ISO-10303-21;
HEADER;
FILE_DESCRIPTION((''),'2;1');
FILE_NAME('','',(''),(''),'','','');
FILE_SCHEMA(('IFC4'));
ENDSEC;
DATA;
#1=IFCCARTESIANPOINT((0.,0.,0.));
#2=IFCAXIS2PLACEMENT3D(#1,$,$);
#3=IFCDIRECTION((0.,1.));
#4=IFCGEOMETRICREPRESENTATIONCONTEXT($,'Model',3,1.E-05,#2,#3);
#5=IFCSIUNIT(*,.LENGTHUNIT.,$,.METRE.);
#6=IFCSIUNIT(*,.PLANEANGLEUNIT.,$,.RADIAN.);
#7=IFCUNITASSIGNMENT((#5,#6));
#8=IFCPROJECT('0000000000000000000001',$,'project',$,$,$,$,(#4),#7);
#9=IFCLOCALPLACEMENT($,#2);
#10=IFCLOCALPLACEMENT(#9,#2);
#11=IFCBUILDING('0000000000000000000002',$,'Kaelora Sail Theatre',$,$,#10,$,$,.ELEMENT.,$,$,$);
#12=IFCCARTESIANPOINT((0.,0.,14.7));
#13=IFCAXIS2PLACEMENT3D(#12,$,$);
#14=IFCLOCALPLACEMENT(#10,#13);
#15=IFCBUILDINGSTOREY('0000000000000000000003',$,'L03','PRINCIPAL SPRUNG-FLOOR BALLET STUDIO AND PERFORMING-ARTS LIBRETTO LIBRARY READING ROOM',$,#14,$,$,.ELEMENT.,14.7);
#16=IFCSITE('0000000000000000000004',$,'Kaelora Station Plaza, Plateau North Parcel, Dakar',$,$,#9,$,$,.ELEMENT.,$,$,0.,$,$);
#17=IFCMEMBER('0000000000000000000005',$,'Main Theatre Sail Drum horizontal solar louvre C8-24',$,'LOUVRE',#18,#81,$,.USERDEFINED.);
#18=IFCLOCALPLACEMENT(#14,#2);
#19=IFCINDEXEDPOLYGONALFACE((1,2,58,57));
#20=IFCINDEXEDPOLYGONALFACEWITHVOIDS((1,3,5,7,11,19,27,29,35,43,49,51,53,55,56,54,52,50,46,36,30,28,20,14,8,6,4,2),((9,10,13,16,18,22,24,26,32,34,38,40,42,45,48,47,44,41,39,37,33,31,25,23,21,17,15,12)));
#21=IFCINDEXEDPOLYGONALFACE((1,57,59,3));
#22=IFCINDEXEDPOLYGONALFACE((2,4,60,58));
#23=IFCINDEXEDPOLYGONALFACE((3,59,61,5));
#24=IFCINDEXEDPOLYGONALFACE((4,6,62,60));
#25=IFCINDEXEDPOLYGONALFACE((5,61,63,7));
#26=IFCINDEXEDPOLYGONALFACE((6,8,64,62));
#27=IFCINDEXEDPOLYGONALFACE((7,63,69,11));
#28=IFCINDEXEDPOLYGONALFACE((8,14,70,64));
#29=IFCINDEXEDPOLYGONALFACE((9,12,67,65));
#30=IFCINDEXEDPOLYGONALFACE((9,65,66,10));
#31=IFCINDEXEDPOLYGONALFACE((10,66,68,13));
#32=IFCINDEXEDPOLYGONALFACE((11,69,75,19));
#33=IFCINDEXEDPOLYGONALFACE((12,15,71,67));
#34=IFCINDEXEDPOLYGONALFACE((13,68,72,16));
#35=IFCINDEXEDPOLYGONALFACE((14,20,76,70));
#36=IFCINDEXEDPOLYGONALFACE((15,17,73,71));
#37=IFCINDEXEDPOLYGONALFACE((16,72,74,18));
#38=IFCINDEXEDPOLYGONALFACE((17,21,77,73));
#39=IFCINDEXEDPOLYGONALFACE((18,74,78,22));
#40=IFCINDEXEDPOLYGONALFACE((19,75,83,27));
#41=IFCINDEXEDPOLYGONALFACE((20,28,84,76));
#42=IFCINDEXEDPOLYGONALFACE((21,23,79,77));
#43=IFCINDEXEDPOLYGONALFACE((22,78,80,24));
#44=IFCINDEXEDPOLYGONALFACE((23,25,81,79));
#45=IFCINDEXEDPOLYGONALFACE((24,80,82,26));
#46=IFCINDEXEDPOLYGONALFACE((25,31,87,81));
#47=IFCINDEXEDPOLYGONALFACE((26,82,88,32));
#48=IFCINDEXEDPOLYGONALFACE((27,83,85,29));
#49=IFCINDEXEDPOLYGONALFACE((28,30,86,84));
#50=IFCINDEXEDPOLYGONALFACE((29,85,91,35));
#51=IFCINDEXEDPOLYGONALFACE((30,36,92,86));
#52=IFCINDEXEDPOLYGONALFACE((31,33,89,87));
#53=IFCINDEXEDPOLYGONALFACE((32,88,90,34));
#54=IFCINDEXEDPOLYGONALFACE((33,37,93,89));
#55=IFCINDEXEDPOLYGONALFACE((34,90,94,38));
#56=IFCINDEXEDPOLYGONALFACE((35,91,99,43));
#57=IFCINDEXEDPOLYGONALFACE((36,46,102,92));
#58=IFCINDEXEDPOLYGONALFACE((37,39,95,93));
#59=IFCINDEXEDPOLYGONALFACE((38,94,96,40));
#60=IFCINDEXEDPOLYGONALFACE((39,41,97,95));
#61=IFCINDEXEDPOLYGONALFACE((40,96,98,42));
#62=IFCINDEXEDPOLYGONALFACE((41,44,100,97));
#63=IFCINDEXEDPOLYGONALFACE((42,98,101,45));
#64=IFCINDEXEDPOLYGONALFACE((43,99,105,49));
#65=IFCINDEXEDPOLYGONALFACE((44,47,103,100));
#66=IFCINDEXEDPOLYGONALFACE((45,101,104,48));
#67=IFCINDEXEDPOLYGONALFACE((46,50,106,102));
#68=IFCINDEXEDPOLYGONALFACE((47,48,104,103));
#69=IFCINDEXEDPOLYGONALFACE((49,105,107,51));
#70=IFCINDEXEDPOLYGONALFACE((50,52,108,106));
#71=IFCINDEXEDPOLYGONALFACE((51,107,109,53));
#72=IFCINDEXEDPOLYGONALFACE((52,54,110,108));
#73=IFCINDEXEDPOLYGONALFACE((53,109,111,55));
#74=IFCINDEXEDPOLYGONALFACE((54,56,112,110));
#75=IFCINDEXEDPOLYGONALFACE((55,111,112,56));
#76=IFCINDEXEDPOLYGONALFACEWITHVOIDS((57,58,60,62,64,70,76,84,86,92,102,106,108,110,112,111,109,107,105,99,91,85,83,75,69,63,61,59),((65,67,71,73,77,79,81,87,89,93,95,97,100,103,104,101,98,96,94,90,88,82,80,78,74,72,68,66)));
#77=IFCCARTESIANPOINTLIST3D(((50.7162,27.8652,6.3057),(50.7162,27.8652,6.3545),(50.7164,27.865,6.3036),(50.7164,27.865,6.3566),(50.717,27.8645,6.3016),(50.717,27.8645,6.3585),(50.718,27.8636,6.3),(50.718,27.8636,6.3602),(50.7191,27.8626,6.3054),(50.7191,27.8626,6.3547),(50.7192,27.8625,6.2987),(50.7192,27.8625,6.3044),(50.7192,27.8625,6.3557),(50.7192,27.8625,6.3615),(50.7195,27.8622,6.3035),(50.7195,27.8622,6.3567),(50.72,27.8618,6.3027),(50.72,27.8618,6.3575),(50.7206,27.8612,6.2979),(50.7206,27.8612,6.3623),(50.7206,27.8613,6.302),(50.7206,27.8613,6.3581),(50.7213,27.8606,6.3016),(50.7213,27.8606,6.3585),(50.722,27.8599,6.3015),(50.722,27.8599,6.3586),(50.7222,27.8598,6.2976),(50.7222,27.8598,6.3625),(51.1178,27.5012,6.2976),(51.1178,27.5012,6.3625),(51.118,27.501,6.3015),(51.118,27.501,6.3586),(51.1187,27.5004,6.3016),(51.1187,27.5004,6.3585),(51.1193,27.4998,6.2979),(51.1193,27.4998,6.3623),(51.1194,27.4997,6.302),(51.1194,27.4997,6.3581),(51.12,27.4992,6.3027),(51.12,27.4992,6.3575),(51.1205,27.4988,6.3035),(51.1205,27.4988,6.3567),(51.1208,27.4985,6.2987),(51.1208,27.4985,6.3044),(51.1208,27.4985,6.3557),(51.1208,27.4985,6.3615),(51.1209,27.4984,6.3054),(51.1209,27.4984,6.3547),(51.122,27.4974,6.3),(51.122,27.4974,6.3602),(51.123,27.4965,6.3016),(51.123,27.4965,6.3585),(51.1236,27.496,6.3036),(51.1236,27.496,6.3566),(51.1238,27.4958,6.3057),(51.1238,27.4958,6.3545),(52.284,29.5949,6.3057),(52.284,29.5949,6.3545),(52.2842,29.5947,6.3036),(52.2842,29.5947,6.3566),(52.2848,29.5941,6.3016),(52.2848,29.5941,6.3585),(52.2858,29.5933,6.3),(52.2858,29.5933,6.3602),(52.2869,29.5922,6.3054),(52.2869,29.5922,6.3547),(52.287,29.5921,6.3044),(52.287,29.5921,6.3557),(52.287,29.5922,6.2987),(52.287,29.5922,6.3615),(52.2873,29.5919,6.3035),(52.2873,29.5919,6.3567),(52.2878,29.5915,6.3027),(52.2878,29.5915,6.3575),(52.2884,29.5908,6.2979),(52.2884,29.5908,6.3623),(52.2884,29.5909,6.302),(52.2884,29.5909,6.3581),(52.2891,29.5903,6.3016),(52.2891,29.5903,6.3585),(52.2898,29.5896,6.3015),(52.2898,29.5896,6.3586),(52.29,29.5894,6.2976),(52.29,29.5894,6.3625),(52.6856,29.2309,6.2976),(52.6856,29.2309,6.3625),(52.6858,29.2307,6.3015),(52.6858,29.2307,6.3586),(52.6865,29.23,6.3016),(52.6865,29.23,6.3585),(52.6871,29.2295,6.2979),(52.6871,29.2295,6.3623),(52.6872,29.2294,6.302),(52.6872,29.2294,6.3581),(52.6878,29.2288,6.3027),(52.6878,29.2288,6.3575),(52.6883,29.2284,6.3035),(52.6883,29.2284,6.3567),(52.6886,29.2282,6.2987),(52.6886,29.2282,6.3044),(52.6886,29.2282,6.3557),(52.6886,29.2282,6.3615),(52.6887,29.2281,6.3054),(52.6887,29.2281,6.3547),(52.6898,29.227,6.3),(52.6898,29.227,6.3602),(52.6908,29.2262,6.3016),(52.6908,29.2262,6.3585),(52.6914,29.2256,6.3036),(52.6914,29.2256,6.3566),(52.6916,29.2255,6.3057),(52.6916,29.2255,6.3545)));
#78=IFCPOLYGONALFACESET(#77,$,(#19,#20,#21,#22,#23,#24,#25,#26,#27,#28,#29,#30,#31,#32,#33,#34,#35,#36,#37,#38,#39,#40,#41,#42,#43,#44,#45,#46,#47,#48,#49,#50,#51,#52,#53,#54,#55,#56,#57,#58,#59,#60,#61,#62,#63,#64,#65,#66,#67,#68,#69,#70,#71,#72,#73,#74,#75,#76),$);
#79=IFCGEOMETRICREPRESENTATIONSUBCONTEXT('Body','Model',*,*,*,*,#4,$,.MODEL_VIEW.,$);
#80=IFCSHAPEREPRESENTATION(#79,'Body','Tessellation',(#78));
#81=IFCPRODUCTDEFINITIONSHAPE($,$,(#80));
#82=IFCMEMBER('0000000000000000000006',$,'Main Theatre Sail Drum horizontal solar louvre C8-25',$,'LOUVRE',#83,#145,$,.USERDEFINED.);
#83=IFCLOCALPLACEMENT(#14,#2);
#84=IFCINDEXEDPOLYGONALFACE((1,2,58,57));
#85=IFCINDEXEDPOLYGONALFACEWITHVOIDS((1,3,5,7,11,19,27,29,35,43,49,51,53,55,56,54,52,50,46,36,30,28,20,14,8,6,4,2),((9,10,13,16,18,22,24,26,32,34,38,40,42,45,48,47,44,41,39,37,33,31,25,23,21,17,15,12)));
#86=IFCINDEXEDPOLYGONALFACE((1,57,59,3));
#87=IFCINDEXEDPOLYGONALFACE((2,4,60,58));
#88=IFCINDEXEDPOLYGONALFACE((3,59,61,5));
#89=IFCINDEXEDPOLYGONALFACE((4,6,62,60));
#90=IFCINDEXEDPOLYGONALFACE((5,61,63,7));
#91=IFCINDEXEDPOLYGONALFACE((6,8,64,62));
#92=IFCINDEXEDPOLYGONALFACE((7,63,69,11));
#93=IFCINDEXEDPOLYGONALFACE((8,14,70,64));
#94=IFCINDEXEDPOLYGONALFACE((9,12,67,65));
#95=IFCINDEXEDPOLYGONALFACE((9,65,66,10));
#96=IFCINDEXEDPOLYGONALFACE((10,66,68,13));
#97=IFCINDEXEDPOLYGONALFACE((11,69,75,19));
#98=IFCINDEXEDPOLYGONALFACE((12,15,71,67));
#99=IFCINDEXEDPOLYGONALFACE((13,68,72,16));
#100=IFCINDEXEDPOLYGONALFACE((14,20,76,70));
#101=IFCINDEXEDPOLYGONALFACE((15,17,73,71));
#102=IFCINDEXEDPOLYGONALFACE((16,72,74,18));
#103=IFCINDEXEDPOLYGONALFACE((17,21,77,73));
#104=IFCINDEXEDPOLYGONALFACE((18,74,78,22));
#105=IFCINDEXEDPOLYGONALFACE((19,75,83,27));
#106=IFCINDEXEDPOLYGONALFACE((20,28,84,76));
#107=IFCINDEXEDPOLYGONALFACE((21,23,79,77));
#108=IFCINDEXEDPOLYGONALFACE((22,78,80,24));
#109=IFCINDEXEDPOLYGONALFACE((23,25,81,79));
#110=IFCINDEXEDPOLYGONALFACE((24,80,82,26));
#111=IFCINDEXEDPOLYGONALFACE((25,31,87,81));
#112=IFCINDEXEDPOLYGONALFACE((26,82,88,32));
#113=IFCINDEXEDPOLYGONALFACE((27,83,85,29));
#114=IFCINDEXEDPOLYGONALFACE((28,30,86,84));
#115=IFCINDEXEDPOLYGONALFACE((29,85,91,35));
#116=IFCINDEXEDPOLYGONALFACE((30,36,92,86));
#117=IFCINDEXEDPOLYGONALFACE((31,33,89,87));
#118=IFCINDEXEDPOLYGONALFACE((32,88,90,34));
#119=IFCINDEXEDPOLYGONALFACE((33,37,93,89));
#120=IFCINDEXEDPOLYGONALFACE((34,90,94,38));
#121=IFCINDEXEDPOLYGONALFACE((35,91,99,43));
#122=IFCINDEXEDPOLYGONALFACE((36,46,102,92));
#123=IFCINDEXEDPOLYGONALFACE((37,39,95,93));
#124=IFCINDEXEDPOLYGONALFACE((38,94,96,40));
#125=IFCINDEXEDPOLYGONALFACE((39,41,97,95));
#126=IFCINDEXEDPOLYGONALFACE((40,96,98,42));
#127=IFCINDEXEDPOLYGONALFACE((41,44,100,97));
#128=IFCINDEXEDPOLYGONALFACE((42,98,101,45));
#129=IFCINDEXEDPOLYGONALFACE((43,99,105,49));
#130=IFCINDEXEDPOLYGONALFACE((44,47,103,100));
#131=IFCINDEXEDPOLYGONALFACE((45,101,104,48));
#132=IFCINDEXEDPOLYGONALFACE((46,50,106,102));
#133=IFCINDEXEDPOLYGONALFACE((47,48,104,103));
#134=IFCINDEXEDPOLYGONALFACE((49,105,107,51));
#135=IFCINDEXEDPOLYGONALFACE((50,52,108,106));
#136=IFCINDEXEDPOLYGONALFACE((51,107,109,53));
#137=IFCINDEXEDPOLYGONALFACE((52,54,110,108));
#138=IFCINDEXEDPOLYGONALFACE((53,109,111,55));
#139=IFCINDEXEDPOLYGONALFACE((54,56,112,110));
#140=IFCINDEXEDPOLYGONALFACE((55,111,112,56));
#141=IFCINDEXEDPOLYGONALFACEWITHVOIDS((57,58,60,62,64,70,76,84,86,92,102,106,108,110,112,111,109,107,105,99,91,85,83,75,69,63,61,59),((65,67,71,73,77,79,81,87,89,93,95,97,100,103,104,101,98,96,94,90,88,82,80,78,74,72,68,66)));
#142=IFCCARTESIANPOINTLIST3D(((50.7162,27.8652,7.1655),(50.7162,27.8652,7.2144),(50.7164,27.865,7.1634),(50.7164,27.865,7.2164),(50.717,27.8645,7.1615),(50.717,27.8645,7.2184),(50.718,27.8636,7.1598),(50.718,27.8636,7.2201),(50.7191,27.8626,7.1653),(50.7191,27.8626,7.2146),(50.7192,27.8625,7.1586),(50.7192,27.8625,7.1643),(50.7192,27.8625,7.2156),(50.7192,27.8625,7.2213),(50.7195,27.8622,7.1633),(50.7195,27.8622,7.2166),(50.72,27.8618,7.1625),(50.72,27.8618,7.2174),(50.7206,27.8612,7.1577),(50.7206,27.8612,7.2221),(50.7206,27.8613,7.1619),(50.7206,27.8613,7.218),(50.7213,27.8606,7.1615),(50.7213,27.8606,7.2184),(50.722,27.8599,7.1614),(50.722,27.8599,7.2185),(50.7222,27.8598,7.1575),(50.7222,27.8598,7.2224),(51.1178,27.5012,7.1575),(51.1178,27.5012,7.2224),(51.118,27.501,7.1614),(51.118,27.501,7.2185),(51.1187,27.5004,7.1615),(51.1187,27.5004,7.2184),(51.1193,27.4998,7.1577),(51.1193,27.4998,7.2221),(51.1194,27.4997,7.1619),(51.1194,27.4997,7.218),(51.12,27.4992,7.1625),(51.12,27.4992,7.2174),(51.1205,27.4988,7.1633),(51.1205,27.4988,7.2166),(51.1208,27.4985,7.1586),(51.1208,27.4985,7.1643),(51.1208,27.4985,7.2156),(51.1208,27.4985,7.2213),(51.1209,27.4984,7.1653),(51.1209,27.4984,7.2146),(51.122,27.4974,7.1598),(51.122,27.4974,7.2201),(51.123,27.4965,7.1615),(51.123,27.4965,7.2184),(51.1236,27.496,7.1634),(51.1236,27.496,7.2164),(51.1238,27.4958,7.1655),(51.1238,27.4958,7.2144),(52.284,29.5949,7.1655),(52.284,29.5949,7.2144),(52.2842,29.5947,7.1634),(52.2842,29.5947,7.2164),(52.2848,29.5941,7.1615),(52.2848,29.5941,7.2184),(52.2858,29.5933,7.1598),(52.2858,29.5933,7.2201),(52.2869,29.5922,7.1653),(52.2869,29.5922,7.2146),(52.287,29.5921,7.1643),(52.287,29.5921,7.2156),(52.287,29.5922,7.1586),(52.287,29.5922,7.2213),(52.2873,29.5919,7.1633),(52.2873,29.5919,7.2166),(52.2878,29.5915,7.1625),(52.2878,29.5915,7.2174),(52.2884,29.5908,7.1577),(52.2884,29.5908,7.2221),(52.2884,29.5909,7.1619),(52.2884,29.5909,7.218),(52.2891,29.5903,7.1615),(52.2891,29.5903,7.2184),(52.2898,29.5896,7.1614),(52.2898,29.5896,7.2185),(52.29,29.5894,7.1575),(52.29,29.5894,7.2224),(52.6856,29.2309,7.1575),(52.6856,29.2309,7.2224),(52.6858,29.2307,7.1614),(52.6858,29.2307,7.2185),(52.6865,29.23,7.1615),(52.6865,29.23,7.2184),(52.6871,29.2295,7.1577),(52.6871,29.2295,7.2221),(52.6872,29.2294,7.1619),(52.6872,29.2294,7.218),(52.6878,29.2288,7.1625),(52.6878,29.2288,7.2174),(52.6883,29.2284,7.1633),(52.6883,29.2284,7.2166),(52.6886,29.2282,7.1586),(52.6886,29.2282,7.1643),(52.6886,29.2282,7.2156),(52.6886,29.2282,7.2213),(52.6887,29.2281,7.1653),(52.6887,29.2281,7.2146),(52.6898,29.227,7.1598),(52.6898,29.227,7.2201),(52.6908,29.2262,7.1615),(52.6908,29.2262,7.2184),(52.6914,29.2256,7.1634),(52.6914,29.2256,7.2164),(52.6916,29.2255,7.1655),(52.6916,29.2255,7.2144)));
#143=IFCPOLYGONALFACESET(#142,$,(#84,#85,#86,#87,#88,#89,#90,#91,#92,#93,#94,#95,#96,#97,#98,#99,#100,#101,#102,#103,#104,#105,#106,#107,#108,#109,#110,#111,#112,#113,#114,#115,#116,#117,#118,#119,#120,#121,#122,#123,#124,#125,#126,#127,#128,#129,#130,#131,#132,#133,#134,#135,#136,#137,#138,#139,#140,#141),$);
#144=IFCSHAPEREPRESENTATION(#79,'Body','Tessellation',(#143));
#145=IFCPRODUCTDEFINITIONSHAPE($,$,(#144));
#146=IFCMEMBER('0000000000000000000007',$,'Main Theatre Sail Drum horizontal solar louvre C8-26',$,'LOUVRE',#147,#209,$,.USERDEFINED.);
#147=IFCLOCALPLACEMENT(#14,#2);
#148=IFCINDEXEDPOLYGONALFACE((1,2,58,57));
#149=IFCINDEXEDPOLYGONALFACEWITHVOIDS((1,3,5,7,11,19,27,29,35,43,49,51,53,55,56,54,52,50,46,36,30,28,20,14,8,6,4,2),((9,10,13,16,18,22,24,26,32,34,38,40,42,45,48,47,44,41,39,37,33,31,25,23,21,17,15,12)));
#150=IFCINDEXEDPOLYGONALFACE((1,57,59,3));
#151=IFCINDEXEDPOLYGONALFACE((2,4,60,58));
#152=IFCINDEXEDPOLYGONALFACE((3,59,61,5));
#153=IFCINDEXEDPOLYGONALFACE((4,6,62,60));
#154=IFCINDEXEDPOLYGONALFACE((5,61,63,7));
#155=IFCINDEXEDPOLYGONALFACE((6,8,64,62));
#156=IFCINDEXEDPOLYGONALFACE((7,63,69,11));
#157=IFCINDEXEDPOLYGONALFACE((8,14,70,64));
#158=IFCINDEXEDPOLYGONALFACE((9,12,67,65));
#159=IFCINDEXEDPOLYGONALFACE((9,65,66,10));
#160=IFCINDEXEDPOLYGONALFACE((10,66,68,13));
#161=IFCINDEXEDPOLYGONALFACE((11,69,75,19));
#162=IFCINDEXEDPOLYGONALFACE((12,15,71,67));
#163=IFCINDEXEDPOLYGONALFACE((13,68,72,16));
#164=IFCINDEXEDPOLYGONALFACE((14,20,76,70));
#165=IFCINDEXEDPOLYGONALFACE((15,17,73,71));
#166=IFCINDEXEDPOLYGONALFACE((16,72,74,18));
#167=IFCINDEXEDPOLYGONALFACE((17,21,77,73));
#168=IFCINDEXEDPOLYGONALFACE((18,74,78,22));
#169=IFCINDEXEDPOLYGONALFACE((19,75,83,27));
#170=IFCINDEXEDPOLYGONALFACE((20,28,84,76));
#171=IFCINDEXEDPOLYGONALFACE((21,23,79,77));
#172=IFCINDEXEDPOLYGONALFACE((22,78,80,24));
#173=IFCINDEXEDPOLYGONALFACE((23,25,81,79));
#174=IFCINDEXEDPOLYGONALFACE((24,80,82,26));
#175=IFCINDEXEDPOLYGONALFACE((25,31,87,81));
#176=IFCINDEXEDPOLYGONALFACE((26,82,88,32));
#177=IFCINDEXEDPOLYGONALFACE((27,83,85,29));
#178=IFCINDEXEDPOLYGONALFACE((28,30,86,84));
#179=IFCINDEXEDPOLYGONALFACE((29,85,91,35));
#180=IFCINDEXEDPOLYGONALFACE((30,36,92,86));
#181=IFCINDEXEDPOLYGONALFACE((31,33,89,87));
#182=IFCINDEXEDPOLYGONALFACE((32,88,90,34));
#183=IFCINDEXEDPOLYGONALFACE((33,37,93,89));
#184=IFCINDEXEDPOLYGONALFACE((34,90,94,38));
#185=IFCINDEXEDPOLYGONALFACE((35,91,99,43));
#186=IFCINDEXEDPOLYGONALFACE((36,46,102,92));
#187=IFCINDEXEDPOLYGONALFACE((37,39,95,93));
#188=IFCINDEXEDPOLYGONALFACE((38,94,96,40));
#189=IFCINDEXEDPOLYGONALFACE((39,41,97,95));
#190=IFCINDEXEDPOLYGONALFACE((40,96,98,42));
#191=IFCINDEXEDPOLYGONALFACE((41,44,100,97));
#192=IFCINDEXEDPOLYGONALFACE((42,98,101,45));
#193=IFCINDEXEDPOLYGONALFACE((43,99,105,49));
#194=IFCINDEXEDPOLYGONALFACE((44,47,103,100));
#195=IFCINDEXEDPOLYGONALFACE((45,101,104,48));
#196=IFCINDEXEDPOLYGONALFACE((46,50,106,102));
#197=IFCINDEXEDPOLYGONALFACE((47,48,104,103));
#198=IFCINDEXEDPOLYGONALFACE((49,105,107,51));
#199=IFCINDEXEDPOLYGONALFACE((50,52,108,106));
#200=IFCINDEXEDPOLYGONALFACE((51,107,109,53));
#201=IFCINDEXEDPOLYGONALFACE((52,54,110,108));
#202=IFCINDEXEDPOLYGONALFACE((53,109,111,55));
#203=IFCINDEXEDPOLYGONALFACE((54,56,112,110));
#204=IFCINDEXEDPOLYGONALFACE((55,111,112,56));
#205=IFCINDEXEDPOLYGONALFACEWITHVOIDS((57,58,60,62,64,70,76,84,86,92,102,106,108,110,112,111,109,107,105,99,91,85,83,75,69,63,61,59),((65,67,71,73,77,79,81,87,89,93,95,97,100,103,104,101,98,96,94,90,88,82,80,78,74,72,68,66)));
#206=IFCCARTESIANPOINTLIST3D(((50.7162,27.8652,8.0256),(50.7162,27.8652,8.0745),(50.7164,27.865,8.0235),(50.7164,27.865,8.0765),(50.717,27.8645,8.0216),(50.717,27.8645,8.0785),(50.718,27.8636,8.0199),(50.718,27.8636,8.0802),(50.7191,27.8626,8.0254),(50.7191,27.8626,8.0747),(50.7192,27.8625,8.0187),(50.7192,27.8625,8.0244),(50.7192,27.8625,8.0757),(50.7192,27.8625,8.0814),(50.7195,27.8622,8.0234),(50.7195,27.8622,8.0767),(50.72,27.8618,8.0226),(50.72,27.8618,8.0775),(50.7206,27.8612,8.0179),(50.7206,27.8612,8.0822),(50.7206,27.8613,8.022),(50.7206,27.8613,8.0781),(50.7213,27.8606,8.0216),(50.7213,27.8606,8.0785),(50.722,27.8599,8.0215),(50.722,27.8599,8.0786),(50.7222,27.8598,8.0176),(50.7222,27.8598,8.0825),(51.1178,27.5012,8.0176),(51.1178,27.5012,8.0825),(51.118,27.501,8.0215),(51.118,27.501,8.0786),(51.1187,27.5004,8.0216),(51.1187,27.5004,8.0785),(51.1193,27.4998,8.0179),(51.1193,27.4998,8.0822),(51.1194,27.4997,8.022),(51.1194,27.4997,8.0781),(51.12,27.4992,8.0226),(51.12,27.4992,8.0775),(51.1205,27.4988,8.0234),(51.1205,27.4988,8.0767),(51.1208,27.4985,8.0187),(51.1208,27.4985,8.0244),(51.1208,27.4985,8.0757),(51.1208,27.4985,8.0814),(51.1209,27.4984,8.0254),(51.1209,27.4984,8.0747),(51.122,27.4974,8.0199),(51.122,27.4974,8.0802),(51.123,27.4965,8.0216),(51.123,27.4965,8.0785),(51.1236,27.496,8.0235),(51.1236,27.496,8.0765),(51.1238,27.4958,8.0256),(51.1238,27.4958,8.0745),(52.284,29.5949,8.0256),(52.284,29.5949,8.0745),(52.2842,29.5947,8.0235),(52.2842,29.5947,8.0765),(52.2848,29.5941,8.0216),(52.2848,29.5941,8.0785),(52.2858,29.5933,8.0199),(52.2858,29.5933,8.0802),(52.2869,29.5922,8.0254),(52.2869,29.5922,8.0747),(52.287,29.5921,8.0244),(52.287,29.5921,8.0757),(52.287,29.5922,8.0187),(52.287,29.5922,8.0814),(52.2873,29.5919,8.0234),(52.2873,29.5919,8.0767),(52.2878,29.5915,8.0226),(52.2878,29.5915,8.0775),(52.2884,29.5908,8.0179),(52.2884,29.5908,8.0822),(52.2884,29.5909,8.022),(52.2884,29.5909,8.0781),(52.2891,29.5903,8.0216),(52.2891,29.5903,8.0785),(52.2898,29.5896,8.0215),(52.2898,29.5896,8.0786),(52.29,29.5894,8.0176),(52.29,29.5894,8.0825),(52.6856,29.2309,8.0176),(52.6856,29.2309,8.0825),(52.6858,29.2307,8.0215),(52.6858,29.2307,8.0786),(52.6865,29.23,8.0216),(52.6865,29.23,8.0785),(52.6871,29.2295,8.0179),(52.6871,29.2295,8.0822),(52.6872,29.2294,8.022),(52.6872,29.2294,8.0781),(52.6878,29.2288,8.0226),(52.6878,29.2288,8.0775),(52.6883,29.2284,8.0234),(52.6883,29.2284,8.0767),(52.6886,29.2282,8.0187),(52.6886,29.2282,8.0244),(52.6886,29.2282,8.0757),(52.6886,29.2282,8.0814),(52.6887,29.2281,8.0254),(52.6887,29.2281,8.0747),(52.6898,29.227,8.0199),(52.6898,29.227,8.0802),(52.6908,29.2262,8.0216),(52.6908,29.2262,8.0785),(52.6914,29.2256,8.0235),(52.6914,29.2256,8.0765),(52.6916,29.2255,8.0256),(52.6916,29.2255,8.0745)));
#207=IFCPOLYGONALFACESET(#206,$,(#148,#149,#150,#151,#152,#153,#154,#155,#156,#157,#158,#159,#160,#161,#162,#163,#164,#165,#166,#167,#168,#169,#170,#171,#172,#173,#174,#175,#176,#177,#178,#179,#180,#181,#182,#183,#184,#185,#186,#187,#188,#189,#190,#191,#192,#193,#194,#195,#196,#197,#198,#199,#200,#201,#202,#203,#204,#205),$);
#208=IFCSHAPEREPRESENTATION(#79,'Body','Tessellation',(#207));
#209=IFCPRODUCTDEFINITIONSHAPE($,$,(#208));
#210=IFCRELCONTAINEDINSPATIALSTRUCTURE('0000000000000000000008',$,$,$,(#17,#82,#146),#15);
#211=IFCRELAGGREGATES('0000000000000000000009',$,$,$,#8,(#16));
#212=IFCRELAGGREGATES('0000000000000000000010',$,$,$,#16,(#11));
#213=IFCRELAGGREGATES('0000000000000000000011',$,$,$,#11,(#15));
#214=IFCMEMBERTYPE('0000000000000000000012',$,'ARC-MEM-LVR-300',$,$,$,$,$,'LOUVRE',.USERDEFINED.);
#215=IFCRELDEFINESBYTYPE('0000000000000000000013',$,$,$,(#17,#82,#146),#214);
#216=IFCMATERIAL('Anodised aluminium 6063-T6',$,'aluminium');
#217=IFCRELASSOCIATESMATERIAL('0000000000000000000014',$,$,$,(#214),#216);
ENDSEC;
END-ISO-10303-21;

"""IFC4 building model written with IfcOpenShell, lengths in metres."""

from ifc_helpers import new_model, si_unit, direction, frame, origin, origin_2d, place, context, subcontext, project, spatial, hollow_rectangle, extrude, material, material_profile, profile_set, type_object, element, save


model = new_model("IFC4")

# Units and contexts
model_context = context("Model", 3, precision=1e-05, world=origin(), true_north=direction((0.0, 1.0)))
body_context = subcontext(model_context, "Body", "Model", "MODEL_VIEW")
ifc_project = project(units=[si_unit("LENGTHUNIT", "METRE"), si_unit("PLANEANGLEUNIT", "RADIAN")], contexts=[model_context])

# Site, building, storey
site_placement = place(None, origin())
site = spatial("IfcSite", under=ifc_project, at=site_placement, Name="Kaelora Station Plaza, Plateau North Parcel, Dakar", CompositionType="ELEMENT", RefElevation=0.0)
building_placement = place(site_placement, origin())
building = spatial("IfcBuilding", under=site, at=building_placement, Name="Kaelora Sail Theatre", CompositionType="ELEMENT")
storey_placement = place(building_placement, frame((0.0, 0.0, 14.7)))
storey = spatial("IfcBuildingStorey", under=building, at=storey_placement, Name="L03", Description="PRINCIPAL SPRUNG-FLOOR BALLET STUDIO AND PERFORMING-ARTS LIBRETTO LIBRARY READING ROOM", CompositionType="ELEMENT", Elevation=14.7)

# Members
ifc_material = material(Name="Anodised aluminium 6063-T6", Category="aluminium")
ifc_material_profile = material_profile(ifc_material, hollow_rectangle(XDim=0.55, YDim=0.0649, WallThickness=0.0039, InnerFilletRadius=0.0039, OuterFilletRadius=0.0081, at=origin_2d()), Name="LOUVRE 550x65x4")
ifc_profile_set = profile_set([ifc_material_profile], Name="Anodised aluminium 6063-T6")
member_type = type_object("IfcMemberType", Name="ARC-MEM-LVR-300", ElementType="LOUVRE", PredefinedType="USERDEFINED", material=ifc_profile_set)
for number, where, z_axis, x_axis, name in (
    (1, (52.4878, 29.4102, 6.3301), (-0.671589, -0.740924, 0.0), (0.740924, -0.671589, 0.0), "Main Theatre Sail Drum horizontal solar louvre C8-24"),
    (2, (52.4878, 29.4102, 7.1899), (-0.671589, -0.740924, 0.0), (0.740924, -0.671589, 0.0), "Main Theatre Sail Drum horizontal solar louvre C8-25"),
    (3, (52.4878, 29.4102, 8.05), (-0.671589, -0.740924, 0.0), (0.740924, -0.671589, 0.0), "Main Theatre Sail Drum horizontal solar louvre C8-26"),
):
    element("IfcMember", number, at=place(storey_placement, frame(where, z_axis=z_axis, x_axis=x_axis)), inside=storey, type_object=member_type, Name=name, ObjectType="LOUVRE", PredefinedType="USERDEFINED", context=body_context, shape_type="SweptSolid", body=[
        extrude(hollow_rectangle(XDim=0.55, YDim=0.0649, WallThickness=0.0039, InnerFilletRadius=0.0039, OuterFilletRadius=0.0081, at=origin_2d()), origin(), (0.0, 0.0, 1.0), 2.3345),
    ])

save(model, "model.ifc")
